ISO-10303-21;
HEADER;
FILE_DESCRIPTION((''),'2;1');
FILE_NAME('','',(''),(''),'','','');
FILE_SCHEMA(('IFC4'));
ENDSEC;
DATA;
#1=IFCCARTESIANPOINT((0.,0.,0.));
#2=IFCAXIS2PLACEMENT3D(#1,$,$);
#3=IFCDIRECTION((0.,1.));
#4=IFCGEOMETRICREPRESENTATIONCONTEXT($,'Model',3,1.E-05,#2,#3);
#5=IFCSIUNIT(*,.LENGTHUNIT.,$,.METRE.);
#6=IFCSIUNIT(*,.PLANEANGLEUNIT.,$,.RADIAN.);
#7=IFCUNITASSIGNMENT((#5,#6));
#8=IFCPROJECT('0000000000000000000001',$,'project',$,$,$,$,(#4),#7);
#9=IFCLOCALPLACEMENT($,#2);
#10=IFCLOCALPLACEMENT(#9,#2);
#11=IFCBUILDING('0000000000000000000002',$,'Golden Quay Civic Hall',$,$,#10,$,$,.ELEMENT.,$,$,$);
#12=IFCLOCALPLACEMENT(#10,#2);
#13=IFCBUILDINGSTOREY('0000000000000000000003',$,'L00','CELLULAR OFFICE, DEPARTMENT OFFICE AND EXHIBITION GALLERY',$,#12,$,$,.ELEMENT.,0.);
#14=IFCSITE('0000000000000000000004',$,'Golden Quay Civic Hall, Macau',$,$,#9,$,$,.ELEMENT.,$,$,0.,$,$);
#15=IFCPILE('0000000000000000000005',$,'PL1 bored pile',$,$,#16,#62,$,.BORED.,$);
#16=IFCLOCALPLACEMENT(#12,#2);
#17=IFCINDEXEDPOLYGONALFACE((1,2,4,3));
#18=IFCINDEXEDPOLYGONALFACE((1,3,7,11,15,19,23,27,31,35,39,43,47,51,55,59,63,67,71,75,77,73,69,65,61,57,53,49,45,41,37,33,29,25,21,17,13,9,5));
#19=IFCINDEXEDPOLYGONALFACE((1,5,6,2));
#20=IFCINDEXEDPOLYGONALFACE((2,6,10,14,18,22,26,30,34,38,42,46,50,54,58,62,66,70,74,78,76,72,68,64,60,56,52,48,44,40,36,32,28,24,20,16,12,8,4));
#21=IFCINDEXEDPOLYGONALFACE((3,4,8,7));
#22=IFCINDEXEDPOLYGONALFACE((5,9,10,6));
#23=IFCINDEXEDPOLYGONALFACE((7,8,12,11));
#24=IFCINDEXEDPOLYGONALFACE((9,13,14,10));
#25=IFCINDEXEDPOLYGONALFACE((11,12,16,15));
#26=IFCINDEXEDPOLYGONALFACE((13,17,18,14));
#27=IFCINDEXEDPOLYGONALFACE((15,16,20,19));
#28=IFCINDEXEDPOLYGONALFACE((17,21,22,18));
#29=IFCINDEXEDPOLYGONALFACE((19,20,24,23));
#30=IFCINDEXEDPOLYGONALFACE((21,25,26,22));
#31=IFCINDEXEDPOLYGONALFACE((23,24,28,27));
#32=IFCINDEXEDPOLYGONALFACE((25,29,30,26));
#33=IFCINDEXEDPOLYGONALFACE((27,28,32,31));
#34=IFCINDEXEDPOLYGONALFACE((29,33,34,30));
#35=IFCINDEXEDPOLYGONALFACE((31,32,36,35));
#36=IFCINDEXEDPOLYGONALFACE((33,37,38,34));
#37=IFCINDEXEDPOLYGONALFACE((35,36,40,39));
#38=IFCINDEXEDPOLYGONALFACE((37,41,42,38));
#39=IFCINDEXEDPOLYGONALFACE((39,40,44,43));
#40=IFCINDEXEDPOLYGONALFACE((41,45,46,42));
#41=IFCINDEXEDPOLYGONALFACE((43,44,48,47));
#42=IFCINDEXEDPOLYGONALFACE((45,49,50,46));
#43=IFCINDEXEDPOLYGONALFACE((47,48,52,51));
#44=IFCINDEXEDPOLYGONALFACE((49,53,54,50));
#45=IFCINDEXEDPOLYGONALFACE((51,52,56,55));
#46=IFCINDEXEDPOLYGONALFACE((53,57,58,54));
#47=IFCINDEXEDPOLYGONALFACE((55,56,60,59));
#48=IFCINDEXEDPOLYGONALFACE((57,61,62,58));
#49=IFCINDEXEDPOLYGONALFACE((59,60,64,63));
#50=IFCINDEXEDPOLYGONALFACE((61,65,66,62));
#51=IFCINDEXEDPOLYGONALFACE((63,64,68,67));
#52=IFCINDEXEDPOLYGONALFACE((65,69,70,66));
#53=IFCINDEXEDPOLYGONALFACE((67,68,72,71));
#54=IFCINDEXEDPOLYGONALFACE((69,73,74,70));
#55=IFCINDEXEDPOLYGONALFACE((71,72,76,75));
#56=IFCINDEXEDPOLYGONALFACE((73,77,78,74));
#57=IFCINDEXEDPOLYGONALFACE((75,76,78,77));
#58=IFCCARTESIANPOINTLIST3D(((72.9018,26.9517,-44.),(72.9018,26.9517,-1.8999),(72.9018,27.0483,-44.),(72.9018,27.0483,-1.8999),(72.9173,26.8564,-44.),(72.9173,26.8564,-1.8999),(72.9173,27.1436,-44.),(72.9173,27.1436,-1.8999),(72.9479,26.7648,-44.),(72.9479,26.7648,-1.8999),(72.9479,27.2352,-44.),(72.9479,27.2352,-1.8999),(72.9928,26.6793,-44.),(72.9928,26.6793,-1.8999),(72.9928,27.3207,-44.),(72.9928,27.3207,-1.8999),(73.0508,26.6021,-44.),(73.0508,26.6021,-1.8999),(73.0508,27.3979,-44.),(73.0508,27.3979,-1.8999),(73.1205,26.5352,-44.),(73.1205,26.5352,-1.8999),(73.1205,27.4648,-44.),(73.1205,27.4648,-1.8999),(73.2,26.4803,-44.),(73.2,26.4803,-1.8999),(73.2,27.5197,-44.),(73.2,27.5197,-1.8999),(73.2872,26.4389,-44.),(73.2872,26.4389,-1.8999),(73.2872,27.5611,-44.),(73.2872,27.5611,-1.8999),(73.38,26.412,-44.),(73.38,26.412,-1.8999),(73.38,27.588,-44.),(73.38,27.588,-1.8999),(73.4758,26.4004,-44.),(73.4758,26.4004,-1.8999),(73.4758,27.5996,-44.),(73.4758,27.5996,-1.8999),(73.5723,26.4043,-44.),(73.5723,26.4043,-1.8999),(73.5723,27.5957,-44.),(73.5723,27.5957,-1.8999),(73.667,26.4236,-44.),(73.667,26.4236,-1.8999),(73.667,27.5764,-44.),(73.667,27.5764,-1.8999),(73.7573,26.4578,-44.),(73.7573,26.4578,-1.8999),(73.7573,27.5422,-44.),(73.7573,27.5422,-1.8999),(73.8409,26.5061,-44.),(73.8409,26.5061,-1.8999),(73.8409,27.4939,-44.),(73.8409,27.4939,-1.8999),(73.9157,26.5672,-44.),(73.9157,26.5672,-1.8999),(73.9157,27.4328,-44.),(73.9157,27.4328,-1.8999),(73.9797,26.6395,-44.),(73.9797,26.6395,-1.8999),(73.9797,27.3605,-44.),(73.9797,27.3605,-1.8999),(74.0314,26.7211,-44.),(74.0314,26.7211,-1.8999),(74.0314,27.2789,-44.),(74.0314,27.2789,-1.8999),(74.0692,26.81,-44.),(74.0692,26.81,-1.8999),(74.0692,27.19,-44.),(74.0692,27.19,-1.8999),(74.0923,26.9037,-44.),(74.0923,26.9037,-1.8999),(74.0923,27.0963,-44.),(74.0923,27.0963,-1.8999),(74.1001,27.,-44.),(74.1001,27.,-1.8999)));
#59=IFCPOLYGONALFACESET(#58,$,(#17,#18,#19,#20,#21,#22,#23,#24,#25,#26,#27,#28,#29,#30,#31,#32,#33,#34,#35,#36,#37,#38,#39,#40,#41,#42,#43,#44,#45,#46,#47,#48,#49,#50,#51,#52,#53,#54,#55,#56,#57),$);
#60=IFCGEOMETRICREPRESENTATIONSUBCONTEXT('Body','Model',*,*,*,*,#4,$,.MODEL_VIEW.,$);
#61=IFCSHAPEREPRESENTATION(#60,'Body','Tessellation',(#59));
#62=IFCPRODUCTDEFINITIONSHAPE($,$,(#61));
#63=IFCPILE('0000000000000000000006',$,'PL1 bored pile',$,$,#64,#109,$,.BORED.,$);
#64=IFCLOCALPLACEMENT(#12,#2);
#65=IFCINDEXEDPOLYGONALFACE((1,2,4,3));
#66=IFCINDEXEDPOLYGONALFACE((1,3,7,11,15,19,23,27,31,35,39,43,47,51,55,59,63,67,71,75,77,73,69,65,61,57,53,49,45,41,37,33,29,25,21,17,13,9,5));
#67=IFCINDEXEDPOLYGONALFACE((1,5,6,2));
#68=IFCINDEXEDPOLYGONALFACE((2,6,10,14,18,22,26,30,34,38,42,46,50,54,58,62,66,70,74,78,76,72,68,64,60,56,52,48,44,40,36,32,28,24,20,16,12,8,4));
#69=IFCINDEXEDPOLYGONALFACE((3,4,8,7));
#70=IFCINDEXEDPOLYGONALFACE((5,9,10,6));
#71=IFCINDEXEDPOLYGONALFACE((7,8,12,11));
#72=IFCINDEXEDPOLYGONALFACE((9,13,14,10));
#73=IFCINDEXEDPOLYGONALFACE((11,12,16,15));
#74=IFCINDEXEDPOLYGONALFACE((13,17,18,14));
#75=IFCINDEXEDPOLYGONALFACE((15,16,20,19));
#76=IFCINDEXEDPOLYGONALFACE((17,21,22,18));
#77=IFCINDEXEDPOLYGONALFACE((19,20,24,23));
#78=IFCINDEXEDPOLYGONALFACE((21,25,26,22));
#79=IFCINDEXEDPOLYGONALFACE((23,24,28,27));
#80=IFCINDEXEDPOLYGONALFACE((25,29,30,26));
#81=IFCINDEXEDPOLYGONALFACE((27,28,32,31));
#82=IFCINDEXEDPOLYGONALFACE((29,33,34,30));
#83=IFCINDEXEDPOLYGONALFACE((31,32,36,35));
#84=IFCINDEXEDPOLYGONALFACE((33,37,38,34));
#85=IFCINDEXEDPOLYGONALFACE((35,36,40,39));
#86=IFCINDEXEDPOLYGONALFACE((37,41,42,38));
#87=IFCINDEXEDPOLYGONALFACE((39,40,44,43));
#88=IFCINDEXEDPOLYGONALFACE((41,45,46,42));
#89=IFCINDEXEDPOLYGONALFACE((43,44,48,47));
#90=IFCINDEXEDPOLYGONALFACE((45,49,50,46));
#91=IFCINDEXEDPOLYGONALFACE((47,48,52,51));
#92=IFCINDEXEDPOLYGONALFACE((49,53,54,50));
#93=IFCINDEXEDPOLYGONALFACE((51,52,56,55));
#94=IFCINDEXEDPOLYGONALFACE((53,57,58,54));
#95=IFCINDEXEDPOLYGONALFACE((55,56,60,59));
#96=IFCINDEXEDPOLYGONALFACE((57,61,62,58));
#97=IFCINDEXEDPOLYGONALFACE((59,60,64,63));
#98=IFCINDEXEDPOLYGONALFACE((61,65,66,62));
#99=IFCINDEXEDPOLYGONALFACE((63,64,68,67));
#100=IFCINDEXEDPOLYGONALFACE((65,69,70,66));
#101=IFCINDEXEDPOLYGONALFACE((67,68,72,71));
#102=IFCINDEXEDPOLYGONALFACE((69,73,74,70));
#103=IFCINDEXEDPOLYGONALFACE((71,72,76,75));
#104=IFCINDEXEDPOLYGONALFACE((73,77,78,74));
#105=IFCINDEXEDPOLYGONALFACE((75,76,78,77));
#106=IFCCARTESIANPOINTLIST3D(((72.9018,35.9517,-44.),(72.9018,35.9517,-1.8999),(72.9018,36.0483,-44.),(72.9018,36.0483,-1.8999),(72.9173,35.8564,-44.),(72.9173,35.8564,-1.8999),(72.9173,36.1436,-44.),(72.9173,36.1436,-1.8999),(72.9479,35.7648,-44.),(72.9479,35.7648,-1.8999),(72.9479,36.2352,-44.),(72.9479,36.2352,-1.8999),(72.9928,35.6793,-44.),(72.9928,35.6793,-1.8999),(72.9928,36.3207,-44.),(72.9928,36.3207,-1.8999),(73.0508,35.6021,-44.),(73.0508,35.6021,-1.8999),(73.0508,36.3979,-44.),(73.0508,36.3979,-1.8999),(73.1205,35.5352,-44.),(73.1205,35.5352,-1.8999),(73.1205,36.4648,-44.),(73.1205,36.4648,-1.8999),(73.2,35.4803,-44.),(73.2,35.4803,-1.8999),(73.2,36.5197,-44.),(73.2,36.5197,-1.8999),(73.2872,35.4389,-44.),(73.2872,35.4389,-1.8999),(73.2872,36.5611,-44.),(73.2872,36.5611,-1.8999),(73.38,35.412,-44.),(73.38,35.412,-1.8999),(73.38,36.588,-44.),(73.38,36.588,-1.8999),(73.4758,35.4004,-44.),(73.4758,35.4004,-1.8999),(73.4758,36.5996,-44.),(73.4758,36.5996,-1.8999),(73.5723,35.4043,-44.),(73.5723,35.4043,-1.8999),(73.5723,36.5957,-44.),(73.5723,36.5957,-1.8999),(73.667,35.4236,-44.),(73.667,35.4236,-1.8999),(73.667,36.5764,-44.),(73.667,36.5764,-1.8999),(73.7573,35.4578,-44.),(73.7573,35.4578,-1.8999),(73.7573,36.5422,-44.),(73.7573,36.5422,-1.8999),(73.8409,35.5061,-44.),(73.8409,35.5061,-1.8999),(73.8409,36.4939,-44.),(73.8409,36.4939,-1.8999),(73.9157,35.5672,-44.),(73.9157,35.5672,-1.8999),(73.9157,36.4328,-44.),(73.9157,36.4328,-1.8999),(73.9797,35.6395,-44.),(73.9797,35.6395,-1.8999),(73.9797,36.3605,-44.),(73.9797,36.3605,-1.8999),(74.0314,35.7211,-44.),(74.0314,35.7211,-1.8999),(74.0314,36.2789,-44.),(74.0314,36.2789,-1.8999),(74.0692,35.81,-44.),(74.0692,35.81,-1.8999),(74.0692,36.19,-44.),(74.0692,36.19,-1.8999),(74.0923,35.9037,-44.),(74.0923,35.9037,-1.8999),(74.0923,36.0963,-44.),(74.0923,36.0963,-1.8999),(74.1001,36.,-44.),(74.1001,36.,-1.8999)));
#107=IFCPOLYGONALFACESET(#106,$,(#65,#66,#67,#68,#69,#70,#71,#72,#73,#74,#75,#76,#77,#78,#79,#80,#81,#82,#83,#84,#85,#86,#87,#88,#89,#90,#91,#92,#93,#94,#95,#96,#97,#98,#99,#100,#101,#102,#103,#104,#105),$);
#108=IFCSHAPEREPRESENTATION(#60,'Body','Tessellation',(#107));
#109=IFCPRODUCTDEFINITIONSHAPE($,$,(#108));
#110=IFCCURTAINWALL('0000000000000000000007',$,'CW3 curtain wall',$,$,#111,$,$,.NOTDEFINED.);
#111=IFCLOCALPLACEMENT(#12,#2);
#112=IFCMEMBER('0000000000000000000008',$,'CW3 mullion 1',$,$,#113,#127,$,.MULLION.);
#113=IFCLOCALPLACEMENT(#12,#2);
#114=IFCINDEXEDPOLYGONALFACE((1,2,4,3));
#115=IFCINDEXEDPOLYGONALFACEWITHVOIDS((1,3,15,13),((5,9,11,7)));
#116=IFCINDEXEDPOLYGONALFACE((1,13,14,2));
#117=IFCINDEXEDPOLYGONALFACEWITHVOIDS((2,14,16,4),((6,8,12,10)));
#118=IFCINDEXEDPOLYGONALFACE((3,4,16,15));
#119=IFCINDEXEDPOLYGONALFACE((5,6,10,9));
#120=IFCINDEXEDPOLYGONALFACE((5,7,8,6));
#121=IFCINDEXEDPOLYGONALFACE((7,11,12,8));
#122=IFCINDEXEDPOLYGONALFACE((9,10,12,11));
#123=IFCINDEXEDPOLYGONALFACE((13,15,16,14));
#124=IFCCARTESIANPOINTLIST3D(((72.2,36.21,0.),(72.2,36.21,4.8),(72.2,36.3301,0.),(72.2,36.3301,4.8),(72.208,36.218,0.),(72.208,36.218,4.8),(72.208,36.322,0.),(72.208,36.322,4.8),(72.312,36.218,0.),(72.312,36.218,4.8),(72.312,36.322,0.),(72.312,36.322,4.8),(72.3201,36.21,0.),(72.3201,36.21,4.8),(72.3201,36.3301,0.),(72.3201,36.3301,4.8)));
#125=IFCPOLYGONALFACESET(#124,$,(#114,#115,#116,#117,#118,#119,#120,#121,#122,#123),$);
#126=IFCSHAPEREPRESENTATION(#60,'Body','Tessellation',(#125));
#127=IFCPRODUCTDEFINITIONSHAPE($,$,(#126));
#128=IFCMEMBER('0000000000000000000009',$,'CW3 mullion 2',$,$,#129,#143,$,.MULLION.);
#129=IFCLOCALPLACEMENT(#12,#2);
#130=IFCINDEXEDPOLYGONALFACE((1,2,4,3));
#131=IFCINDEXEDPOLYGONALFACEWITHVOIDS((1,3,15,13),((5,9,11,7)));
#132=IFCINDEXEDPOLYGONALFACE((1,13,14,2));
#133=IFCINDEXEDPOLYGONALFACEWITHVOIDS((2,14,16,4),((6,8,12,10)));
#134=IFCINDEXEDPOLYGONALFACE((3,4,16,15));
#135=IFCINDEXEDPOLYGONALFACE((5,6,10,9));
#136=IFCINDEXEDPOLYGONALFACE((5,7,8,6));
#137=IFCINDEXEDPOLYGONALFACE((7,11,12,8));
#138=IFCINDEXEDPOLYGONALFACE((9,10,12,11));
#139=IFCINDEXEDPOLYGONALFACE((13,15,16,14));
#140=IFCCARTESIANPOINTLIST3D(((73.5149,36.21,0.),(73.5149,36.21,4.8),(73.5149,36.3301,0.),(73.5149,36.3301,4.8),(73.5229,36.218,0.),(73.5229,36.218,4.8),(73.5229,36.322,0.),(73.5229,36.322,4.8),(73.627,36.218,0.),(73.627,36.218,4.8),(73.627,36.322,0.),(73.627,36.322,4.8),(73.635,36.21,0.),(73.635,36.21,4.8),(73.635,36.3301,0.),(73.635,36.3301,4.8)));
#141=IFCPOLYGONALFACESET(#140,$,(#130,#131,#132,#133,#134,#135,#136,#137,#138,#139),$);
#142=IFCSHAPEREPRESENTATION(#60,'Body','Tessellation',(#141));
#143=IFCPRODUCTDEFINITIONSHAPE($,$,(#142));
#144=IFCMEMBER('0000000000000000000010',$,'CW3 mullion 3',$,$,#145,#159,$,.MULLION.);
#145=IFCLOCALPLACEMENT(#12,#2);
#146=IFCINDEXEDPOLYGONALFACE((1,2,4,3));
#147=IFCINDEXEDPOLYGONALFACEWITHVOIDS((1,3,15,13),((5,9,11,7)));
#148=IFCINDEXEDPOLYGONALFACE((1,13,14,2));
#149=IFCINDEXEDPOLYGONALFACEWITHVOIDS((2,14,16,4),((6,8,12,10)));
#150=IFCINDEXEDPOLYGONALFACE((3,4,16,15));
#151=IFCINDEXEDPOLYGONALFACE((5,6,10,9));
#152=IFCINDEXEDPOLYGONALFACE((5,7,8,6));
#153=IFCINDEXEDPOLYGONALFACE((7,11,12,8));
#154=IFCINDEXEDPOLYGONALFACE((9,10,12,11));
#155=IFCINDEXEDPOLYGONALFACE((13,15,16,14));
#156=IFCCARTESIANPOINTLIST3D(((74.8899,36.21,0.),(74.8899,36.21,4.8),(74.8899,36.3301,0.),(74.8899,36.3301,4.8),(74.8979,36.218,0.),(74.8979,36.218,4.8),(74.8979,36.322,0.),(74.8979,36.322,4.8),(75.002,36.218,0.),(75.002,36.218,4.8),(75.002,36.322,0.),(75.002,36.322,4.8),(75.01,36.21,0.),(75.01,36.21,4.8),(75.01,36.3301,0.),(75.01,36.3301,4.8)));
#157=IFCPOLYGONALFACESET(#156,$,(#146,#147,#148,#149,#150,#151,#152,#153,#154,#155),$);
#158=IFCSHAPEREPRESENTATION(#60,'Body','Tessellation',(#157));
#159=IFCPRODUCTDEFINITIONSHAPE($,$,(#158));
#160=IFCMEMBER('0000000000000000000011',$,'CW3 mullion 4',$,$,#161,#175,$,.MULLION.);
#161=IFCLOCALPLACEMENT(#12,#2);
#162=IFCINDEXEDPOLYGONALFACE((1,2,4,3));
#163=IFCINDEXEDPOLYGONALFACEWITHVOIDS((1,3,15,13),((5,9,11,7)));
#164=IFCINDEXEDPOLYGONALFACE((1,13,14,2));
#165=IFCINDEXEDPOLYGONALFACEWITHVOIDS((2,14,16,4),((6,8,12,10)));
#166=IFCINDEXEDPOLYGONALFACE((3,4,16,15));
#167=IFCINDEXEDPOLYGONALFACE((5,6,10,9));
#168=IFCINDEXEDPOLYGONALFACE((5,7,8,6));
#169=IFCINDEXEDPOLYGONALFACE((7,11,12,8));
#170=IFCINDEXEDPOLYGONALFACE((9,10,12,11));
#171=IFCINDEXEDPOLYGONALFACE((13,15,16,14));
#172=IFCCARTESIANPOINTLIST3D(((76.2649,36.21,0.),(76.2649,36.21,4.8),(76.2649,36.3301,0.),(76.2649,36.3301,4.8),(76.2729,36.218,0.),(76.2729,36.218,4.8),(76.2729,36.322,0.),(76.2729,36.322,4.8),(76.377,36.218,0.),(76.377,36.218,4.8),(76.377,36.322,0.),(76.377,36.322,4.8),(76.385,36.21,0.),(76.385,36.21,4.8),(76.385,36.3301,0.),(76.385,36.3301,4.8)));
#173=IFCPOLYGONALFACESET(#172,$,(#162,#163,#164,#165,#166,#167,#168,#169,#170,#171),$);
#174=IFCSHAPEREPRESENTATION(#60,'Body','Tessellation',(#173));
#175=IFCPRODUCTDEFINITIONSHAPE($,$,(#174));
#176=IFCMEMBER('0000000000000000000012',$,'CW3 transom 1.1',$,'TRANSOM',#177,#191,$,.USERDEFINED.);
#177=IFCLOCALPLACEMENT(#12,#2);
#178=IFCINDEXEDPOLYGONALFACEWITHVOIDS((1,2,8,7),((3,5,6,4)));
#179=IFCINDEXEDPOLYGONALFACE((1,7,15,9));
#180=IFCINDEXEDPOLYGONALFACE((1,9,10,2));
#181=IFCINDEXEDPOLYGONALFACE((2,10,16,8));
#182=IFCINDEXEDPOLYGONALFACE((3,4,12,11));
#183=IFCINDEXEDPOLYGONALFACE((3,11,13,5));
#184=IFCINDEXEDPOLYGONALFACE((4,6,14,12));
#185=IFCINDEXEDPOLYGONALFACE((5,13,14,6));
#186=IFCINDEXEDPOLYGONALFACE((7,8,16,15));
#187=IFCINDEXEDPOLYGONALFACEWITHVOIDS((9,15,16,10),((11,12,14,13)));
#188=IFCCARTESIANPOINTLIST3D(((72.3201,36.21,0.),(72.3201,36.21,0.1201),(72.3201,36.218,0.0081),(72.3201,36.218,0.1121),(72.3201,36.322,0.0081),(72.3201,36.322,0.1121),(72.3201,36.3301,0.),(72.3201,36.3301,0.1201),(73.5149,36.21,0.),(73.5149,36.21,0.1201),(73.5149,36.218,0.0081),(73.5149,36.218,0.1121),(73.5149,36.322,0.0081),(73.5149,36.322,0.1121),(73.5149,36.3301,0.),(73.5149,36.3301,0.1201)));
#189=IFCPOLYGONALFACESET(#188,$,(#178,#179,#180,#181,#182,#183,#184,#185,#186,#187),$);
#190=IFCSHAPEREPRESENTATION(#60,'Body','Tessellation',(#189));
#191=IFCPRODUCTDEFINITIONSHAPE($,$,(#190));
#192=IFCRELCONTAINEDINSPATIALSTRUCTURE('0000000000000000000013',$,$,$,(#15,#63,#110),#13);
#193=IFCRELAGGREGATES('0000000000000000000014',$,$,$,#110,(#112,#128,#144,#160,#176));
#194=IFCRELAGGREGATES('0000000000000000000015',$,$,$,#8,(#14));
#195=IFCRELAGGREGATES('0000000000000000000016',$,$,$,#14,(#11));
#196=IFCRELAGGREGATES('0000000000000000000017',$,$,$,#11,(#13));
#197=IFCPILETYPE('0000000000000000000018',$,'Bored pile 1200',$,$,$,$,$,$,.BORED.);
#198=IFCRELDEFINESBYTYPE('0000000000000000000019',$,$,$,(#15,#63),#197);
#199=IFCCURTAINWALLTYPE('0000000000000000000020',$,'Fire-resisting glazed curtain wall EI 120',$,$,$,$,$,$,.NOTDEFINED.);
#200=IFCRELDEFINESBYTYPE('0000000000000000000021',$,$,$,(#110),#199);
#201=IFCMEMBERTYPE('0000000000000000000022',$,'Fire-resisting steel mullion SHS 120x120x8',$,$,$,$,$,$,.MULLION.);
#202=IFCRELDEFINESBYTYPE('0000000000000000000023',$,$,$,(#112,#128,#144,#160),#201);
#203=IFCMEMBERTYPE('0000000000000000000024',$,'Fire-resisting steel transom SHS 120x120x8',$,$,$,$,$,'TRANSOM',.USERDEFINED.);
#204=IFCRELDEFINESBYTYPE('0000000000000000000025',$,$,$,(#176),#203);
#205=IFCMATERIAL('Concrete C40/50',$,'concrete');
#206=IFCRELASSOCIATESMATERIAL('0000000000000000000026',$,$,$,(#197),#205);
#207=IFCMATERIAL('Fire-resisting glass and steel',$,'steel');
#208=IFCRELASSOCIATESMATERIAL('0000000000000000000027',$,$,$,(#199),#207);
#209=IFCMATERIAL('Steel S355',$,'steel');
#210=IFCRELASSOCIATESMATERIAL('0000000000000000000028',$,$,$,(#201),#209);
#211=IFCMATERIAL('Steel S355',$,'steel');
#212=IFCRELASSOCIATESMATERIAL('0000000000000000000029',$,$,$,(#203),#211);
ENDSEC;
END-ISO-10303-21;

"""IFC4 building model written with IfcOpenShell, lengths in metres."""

from ifc_helpers import new_model, si_unit, direction, frame, origin, origin_2d, place, context, subcontext, project, spatial, hollow_rectangle, circle, extrude, material, material_profile, profile_set, type_object, element, aggregate, save


model = new_model("IFC4")

# Units and contexts
model_context = context("Model", 3, precision=1e-05, world=origin(), true_north=direction((0.0, 1.0)))
body_context = subcontext(model_context, "Body", "Model", "MODEL_VIEW")
ifc_project = project(units=[si_unit("LENGTHUNIT", "METRE"), si_unit("PLANEANGLEUNIT", "RADIAN")], contexts=[model_context])

# Site, building, storey
site_placement = place(None, origin())
site = spatial("IfcSite", under=ifc_project, at=site_placement, Name="Golden Quay Civic Hall, Macau", CompositionType="ELEMENT", RefElevation=0.0)
building_placement = place(site_placement, origin())
building = spatial("IfcBuilding", under=site, at=building_placement, Name="Golden Quay Civic Hall", CompositionType="ELEMENT")
storey_placement = place(building_placement, origin())
storey = spatial("IfcBuildingStorey", under=building, at=storey_placement, Name="L00", Description="CELLULAR OFFICE, DEPARTMENT OFFICE AND EXHIBITION GALLERY", CompositionType="ELEMENT", Elevation=0.0)

# Piles
ifc_material_1 = material(Name="Concrete C40/50", Category="concrete")
ifc_material_profile_1 = material_profile(ifc_material_1, circle(Radius=0.6001, at=origin_2d()), Name="RC D1200")
ifc_profile_set_1 = profile_set([ifc_material_profile_1], Name="Concrete C40/50")
pile_type = type_object("IfcPileType", Name="Bored pile 1200", PredefinedType="BORED", material=ifc_profile_set_1)
for number, where, z_axis, x_axis, name in (
    (1, (73.5, 27.0, -1.8999), (0.0, 0.0, -1.0), (1.0, 0.0, 0.0), "PL1 bored pile"),
    (2, (73.5, 36.0, -1.8999), (0.0, 0.0, -1.0), (1.0, 0.0, 0.0), "PL1 bored pile"),
):
    element("IfcPile", number, at=place(storey_placement, frame(where, z_axis=z_axis, x_axis=x_axis)), inside=storey, type_object=pile_type, Name=name, PredefinedType="BORED", context=body_context, shape_type="SweptSolid", body=[
        extrude(circle(Radius=0.6001, at=origin_2d()), origin(), (0.0, 0.0, 1.0), 42.1001),
    ])

# Curtain wall, members
ifc_material_2 = material(Name="Fire-resisting glass and steel", Category="steel")
curtain_wall_type = type_object("IfcCurtainWallType", Name="Fire-resisting glazed curtain wall EI 120", PredefinedType="NOTDEFINED", material=ifc_material_2)
curtain_wall_placement = place(storey_placement, origin())
curtain_wall = element("IfcCurtainWall", 3, at=curtain_wall_placement, inside=storey, type_object=curtain_wall_type, Name="CW3 curtain wall", PredefinedType="NOTDEFINED")
ifc_material_3 = material(Name="Steel S355", Category="steel")
ifc_material_profile_2 = material_profile(ifc_material_3, hollow_rectangle(XDim=0.1201, YDim=0.1201, WallThickness=0.0081, at=origin_2d()), Name="SHS 120x120x8")
ifc_profile_set_2 = profile_set([ifc_material_profile_2], Name="Steel S355")
member_type_1 = type_object("IfcMemberType", Name="Fire-resisting steel mullion SHS 120x120x8", PredefinedType="MULLION", material=ifc_profile_set_2)
member_1_placement = place(storey_placement, frame((72.26, 36.27, 0.0), z_axis=(0.0, 0.0, 1.0), x_axis=(0.0, 1.0, 0.0)))
member_1 = element("IfcMember", 4, at=member_1_placement, type_object=member_type_1, Name="CW3 mullion 1", PredefinedType="MULLION", context=body_context, shape_type="SweptSolid", body=[
    extrude(hollow_rectangle(XDim=0.1201, YDim=0.1201, WallThickness=0.0081, at=origin_2d()), origin(), (0.0, 0.0, 1.0), 4.8),
])
member_2_placement = place(storey_placement, frame((73.575, 36.27, 0.0), z_axis=(0.0, 0.0, 1.0), x_axis=(0.0, 1.0, 0.0)))
member_2 = element("IfcMember", 5, at=member_2_placement, type_object=member_type_1, Name="CW3 mullion 2", PredefinedType="MULLION", context=body_context, shape_type="SweptSolid", body=[
    extrude(hollow_rectangle(XDim=0.1201, YDim=0.1201, WallThickness=0.0081, at=origin_2d()), origin(), (0.0, 0.0, 1.0), 4.8),
])
member_3_placement = place(storey_placement, frame((74.95, 36.27, 0.0), z_axis=(0.0, 0.0, 1.0), x_axis=(0.0, 1.0, 0.0)))
member_3 = element("IfcMember", 6, at=member_3_placement, type_object=member_type_1, Name="CW3 mullion 3", PredefinedType="MULLION", context=body_context, shape_type="SweptSolid", body=[
    extrude(hollow_rectangle(XDim=0.1201, YDim=0.1201, WallThickness=0.0081, at=origin_2d()), origin(), (0.0, 0.0, 1.0), 4.8),
])
member_4_placement = place(storey_placement, frame((76.325, 36.27, 0.0), z_axis=(0.0, 0.0, 1.0), x_axis=(0.0, 1.0, 0.0)))
member_4 = element("IfcMember", 7, at=member_4_placement, type_object=member_type_1, Name="CW3 mullion 4", PredefinedType="MULLION", context=body_context, shape_type="SweptSolid", body=[
    extrude(hollow_rectangle(XDim=0.1201, YDim=0.1201, WallThickness=0.0081, at=origin_2d()), origin(), (0.0, 0.0, 1.0), 4.8),
])
ifc_material_4 = material(Name="Steel S355", Category="steel")
ifc_material_profile_3 = material_profile(ifc_material_4, hollow_rectangle(XDim=0.1201, YDim=0.1201, WallThickness=0.0081, at=origin_2d()), Name="SHS 120x120x8")
ifc_profile_set_3 = profile_set([ifc_material_profile_3], Name="Steel S355")
member_type_2 = type_object("IfcMemberType", Name="Fire-resisting steel transom SHS 120x120x8", ElementType="TRANSOM", PredefinedType="USERDEFINED", material=ifc_profile_set_3)
member_5_placement = place(storey_placement, frame((72.3201, 36.27, 0.0601), z_axis=(1.0, 0.0, 0.0), x_axis=(0.0, 1.0, 0.0)))
member_5 = element("IfcMember", 8, at=member_5_placement, type_object=member_type_2, Name="CW3 transom 1.1", ObjectType="TRANSOM", PredefinedType="USERDEFINED", context=body_context, shape_type="SweptSolid", body=[
    extrude(hollow_rectangle(XDim=0.1201, YDim=0.1201, WallThickness=0.0081, at=origin_2d()), origin(), (0.0, 0.0, 1.0), 1.1948),
])
aggregate(curtain_wall, [member_1, member_2, member_3, member_4, member_5])

save(model, "model.ifc")
